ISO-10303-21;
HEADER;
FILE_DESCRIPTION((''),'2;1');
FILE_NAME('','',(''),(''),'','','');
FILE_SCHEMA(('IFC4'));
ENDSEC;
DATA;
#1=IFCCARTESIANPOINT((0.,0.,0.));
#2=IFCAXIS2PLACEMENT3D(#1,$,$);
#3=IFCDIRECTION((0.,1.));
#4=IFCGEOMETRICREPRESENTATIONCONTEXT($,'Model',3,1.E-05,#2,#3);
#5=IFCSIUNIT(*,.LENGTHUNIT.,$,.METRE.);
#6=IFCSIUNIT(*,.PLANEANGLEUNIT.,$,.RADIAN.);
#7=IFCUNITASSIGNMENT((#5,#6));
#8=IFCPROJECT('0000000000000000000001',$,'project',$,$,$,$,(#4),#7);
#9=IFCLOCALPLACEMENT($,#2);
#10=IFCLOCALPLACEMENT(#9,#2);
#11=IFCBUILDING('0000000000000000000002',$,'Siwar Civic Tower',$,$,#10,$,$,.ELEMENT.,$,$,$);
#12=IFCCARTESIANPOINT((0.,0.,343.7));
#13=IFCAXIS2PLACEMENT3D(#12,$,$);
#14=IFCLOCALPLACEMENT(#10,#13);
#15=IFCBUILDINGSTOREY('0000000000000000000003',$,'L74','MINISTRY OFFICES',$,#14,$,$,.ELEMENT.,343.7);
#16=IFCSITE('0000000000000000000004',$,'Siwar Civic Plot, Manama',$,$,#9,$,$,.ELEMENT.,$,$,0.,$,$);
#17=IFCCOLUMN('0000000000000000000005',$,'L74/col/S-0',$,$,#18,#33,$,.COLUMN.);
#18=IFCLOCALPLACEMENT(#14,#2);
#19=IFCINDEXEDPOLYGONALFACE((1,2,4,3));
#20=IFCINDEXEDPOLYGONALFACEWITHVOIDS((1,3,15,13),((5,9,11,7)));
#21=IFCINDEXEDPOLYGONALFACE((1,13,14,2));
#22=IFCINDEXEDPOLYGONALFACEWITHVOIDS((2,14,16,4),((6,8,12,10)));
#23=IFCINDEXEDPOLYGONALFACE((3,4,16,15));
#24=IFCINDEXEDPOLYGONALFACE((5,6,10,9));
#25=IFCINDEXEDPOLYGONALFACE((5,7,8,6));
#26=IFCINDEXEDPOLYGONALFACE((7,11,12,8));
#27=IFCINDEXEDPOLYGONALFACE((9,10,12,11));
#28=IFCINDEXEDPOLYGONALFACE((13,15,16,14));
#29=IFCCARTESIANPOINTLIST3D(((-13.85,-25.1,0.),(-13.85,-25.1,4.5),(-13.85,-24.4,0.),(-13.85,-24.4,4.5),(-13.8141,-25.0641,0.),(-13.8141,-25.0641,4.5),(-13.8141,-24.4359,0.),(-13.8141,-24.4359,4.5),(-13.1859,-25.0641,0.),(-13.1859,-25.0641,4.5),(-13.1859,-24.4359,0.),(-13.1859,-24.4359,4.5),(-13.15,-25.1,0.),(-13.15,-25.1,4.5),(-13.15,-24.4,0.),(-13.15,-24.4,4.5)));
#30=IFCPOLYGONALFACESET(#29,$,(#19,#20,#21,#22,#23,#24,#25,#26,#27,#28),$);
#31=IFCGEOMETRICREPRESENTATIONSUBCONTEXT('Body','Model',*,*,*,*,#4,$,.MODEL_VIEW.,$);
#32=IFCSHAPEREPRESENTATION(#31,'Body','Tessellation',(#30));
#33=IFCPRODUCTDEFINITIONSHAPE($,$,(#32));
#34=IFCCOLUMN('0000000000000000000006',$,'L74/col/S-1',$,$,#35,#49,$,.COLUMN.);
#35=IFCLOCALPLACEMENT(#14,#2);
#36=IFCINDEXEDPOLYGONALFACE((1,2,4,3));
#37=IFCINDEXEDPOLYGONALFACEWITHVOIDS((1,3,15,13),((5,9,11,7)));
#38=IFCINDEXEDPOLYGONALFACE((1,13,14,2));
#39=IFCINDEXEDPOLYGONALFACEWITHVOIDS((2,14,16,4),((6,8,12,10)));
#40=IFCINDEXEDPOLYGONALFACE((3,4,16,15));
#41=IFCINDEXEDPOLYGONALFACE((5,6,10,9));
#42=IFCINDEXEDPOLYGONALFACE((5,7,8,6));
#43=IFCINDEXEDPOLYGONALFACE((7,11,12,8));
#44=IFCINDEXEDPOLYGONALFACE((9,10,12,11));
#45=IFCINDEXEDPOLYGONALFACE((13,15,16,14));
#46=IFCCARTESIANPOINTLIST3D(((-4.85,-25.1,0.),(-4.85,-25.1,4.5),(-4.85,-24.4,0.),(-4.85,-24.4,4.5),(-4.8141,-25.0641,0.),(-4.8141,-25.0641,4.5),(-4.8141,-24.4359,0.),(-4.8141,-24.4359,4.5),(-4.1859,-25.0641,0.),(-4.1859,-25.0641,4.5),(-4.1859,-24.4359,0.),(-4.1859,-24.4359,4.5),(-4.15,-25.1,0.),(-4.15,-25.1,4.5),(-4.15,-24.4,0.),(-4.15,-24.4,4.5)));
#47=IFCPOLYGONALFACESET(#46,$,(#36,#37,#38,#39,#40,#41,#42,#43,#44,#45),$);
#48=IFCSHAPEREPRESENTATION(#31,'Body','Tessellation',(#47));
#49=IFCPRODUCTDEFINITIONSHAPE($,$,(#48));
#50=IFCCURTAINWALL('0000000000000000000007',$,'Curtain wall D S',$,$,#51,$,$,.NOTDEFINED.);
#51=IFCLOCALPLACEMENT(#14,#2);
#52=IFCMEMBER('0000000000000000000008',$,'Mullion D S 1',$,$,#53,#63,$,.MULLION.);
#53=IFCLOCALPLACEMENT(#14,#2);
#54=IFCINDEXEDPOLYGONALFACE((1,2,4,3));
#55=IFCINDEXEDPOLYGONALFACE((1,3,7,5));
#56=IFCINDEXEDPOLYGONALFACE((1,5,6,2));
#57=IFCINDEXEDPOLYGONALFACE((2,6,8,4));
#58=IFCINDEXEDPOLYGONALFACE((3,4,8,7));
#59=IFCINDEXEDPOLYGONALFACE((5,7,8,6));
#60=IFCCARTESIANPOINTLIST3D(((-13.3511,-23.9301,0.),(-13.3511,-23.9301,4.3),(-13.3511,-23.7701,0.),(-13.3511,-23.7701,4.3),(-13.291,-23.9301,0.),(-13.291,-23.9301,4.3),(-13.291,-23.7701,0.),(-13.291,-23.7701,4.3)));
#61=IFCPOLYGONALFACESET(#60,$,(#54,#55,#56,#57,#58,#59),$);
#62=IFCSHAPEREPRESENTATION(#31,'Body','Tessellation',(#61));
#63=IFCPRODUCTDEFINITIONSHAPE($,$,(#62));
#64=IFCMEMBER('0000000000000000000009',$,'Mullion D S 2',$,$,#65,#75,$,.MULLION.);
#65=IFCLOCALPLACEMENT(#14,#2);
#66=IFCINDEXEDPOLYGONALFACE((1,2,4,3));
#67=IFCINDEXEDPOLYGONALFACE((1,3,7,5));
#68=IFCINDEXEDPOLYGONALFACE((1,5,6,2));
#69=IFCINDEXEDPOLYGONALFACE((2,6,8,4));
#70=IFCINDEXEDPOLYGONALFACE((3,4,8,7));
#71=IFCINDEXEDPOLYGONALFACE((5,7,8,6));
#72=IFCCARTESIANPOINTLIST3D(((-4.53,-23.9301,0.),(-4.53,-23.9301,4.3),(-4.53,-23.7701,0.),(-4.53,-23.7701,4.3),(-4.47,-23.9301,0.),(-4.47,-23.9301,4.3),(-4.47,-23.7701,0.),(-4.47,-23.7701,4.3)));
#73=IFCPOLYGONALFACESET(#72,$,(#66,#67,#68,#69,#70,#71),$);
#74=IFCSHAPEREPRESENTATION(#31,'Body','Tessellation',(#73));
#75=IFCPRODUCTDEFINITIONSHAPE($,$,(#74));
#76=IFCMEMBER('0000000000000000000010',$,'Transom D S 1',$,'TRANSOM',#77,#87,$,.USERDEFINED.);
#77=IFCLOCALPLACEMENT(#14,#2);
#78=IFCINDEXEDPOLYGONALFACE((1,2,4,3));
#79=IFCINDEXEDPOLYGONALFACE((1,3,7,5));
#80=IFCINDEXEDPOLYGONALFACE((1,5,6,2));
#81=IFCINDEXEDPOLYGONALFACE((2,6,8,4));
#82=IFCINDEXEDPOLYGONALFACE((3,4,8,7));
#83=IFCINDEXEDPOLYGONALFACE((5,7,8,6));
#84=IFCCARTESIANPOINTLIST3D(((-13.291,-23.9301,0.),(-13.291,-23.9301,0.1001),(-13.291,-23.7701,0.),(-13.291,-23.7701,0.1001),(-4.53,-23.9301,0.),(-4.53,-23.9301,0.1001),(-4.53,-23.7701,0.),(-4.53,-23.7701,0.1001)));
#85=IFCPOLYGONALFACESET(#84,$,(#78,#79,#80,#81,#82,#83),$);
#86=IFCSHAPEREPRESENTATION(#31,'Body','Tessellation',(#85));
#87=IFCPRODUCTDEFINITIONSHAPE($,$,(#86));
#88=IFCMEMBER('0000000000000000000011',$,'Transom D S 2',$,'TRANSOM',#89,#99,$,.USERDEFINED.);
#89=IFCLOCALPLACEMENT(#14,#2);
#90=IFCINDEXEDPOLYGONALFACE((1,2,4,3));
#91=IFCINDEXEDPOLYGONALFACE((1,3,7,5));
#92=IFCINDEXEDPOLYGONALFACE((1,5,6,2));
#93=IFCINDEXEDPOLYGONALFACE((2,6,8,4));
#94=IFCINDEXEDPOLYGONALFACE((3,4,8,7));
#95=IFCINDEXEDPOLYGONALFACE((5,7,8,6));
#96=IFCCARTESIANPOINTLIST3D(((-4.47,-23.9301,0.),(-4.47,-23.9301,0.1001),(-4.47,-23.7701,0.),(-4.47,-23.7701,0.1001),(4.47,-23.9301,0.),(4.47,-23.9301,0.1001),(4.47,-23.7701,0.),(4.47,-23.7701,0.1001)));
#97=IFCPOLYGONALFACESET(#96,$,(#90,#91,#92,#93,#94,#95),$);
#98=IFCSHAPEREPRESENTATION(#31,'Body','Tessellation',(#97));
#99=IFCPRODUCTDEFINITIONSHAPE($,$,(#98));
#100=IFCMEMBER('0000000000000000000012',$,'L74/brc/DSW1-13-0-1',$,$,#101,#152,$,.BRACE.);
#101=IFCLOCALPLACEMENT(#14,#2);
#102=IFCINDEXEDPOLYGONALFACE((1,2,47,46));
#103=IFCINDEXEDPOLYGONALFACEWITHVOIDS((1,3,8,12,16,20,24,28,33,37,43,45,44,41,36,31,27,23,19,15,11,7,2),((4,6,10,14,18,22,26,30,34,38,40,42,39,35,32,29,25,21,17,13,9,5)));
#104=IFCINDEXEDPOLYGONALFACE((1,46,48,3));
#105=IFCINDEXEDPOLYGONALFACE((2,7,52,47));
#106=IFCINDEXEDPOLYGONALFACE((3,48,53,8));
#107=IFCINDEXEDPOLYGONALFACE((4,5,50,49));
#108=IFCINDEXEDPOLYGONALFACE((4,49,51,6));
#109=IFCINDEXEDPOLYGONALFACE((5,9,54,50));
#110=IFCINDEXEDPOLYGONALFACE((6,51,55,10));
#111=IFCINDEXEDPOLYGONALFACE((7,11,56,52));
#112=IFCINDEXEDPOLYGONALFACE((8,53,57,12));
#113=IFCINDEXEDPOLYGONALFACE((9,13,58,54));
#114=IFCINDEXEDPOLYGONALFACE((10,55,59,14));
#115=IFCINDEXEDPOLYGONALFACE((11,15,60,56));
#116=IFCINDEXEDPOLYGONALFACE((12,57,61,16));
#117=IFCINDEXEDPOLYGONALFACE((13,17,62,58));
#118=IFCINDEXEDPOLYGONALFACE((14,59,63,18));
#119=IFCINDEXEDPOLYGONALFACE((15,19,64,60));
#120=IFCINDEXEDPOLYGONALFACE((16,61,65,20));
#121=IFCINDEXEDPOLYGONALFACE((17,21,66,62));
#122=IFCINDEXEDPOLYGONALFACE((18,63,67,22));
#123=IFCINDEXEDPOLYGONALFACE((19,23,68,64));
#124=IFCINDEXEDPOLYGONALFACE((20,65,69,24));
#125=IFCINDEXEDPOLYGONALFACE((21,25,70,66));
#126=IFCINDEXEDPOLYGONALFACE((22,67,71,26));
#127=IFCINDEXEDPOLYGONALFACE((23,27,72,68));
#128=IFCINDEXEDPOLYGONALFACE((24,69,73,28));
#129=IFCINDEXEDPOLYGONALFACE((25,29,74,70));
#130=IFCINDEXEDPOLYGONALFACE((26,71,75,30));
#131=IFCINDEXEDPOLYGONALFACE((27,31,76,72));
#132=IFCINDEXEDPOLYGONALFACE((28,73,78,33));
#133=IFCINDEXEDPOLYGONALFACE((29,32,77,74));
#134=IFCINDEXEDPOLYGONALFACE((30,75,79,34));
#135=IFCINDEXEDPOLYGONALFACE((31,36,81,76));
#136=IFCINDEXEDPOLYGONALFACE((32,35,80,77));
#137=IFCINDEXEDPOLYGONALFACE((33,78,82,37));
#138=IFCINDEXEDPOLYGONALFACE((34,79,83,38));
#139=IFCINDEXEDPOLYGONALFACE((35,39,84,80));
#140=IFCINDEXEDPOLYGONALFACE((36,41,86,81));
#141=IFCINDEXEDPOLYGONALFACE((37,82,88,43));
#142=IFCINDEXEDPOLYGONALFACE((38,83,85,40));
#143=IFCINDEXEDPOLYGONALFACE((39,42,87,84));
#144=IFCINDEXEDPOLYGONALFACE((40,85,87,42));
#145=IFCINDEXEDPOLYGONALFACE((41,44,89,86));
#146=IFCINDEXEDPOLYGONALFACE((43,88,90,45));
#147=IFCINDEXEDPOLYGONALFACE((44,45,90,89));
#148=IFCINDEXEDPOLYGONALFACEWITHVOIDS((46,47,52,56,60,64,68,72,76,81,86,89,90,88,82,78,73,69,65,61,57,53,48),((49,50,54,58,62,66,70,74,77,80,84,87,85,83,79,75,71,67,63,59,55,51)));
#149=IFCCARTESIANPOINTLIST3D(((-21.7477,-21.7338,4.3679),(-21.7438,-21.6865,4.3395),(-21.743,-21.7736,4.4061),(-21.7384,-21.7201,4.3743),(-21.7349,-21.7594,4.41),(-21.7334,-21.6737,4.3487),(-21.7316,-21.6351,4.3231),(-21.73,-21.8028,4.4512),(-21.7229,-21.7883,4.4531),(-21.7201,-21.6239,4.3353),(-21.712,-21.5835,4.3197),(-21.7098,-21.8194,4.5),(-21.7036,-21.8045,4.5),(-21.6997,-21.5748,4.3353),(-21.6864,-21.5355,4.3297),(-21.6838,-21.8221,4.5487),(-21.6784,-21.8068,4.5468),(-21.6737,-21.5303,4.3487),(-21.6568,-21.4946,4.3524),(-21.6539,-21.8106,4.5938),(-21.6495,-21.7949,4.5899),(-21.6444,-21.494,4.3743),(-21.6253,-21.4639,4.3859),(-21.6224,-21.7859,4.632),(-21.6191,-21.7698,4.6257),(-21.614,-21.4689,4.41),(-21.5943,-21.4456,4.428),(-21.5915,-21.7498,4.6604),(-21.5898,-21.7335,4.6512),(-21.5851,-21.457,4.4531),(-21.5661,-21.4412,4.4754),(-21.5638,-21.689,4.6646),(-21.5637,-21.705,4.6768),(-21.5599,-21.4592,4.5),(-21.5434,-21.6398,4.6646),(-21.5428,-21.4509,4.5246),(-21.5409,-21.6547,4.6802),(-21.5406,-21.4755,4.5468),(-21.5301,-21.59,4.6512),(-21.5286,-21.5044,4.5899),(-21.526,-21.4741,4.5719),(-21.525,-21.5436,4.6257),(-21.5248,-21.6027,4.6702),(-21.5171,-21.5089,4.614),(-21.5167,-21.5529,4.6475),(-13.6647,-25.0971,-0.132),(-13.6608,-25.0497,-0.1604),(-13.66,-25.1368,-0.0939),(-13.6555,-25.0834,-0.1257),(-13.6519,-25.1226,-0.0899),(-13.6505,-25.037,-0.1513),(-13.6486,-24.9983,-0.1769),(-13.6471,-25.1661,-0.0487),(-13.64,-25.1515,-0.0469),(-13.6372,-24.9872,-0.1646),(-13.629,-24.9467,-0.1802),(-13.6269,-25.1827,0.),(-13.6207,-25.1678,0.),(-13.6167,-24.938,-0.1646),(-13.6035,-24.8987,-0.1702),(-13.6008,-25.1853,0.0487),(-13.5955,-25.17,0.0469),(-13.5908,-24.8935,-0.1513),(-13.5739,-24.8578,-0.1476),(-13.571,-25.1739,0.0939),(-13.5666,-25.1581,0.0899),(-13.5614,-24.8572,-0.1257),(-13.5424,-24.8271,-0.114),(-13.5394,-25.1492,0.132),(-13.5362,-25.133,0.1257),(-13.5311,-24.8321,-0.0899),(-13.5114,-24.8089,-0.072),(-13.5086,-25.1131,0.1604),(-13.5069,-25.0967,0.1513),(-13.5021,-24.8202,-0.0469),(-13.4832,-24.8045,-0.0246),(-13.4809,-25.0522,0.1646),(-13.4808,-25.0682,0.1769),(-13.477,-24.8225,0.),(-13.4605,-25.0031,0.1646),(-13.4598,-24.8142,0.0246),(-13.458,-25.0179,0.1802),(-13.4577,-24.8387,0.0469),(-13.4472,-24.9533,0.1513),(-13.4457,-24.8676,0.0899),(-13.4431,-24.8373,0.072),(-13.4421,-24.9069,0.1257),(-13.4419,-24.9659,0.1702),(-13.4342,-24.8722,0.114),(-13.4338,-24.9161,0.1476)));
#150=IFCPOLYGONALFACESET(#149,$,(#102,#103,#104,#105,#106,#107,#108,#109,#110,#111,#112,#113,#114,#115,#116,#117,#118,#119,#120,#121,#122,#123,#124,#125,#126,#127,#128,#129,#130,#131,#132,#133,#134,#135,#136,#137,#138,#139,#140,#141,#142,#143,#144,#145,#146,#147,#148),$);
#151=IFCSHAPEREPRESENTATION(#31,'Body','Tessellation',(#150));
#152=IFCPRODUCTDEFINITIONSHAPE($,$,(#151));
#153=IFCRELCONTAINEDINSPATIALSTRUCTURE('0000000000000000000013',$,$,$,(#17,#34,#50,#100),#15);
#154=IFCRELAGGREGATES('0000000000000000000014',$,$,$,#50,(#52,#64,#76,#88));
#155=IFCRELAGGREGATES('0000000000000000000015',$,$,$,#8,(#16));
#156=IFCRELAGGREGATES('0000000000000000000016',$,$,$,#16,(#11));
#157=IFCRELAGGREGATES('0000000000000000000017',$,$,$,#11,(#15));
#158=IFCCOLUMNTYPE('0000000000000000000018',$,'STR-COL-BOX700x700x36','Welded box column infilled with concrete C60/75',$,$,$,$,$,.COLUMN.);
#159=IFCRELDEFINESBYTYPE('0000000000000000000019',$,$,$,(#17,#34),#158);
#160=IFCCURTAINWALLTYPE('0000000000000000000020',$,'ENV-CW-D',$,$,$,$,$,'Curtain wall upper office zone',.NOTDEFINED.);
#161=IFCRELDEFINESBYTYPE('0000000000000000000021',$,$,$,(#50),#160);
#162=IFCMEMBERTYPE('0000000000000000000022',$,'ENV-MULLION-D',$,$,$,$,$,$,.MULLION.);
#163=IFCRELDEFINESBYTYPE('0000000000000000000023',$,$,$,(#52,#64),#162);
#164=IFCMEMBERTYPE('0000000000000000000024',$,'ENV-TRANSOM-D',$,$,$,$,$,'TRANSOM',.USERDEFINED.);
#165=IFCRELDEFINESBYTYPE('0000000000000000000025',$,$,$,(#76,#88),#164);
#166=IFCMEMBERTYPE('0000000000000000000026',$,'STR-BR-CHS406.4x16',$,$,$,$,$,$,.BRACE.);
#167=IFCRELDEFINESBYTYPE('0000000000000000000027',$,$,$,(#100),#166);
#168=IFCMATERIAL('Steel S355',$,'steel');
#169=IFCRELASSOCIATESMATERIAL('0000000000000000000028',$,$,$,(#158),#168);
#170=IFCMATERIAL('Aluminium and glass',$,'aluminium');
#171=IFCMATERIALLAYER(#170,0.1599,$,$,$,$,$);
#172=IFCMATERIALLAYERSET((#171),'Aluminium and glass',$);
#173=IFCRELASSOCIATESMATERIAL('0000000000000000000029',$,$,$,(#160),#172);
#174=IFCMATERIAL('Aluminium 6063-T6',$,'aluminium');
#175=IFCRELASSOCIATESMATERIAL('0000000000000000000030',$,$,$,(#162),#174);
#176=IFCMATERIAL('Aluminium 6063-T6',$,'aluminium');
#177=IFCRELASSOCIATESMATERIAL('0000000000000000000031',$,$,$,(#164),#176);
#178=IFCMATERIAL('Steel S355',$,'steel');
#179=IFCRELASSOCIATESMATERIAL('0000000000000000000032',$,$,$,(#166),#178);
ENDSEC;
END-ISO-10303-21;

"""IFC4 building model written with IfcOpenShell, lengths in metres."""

from ifc_helpers import new_model, si_unit, direction, frame, origin, origin_2d, place, context, subcontext, project, spatial, rectangle, hollow_rectangle, hollow_circle, extrude, material, layer, layer_set, material_profile, profile_set, type_object, element, aggregate, save


model = new_model("IFC4")

# Units and contexts
model_context = context("Model", 3, precision=1e-05, world=origin(), true_north=direction((0.0, 1.0)))
body_context = subcontext(model_context, "Body", "Model", "MODEL_VIEW")
ifc_project = project(units=[si_unit("LENGTHUNIT", "METRE"), si_unit("PLANEANGLEUNIT", "RADIAN")], contexts=[model_context])

# Site, building, storey
site_placement = place(None, origin())
site = spatial("IfcSite", under=ifc_project, at=site_placement, Name="Siwar Civic Plot, Manama", CompositionType="ELEMENT", RefElevation=0.0)
building_placement = place(site_placement, origin())
building = spatial("IfcBuilding", under=site, at=building_placement, Name="Siwar Civic Tower", CompositionType="ELEMENT")
storey_placement = place(building_placement, frame((0.0, 0.0, 343.7)))
storey = spatial("IfcBuildingStorey", under=building, at=storey_placement, Name="L74", Description="MINISTRY OFFICES", CompositionType="ELEMENT", Elevation=343.7)

# Columns
ifc_material_1 = material(Name="Steel S355", Category="steel")
ifc_material_profile_1 = material_profile(ifc_material_1, hollow_rectangle(XDim=0.7, YDim=0.7, WallThickness=0.0359, at=origin_2d()), Name="BOX700x700x36")
ifc_profile_set_1 = profile_set([ifc_material_profile_1], Name="Steel S355")
column_type = type_object("IfcColumnType", Name="STR-COL-BOX700x700x36", Description="Welded box column infilled with concrete C60/75", PredefinedType="COLUMN", material=ifc_profile_set_1)
for number, where, z_axis, x_axis, name in (
    (1, (-13.5, -24.75, 0.0), (0.0, 0.0, 1.0), (1.0, 0.0, 0.0), "L74/col/S-0"),
    (2, (-4.5, -24.75, 0.0), (0.0, 0.0, 1.0), (1.0, 0.0, 0.0), "L74/col/S-1"),
):
    element("IfcColumn", number, at=place(storey_placement, frame(where, z_axis=z_axis, x_axis=x_axis)), inside=storey, type_object=column_type, Name=name, PredefinedType="COLUMN", context=body_context, shape_type="SweptSolid", body=[
        extrude(hollow_rectangle(XDim=0.7, YDim=0.7, WallThickness=0.0359, at=origin_2d()), origin(), (0.0, 0.0, 1.0), 4.5),
    ])

# Curtain wall, members
ifc_material_2 = material(Name="Aluminium and glass", Category="aluminium")
ifc_layer_1 = layer(ifc_material_2, 0.1599)
ifc_layer_set_1 = layer_set([ifc_layer_1], Name="Aluminium and glass")
curtain_wall_type = type_object("IfcCurtainWallType", Name="ENV-CW-D", ElementType="Curtain wall upper office zone", PredefinedType="NOTDEFINED", material=ifc_layer_set_1)
curtain_wall_placement = place(storey_placement, origin())
curtain_wall = element("IfcCurtainWall", 3, at=curtain_wall_placement, inside=storey, type_object=curtain_wall_type, Name="Curtain wall D S", PredefinedType="NOTDEFINED")
ifc_material_3 = material(Name="Aluminium 6063-T6", Category="aluminium")
ifc_material_profile_2 = material_profile(ifc_material_3, rectangle(XDim=0.1599, YDim=0.0601, at=origin_2d()), Name="AL 160x60")
ifc_profile_set_2 = profile_set([ifc_material_profile_2], Name="Aluminium 6063-T6")
member_type_1 = type_object("IfcMemberType", Name="ENV-MULLION-D", PredefinedType="MULLION", material=ifc_profile_set_2)
member_1_placement = place(storey_placement, frame((-13.321, -23.8501, 0.0), z_axis=(0.0, 0.0, 1.0), x_axis=(0.0, 1.0, 0.0)))
member_1 = element("IfcMember", 4, at=member_1_placement, type_object=member_type_1, Name="Mullion D S 1", PredefinedType="MULLION", context=body_context, shape_type="SweptSolid", body=[
    extrude(rectangle(XDim=0.1599, YDim=0.0601, at=origin_2d()), origin(), (0.0, 0.0, 1.0), 4.3),
])
member_2_placement = place(storey_placement, frame((-4.5, -23.8501, 0.0), z_axis=(0.0, 0.0, 1.0), x_axis=(0.0, 1.0, 0.0)))
member_2 = element("IfcMember", 5, at=member_2_placement, type_object=member_type_1, Name="Mullion D S 2", PredefinedType="MULLION", context=body_context, shape_type="SweptSolid", body=[
    extrude(rectangle(XDim=0.1599, YDim=0.0601, at=origin_2d()), origin(), (0.0, 0.0, 1.0), 4.3),
])
ifc_material_4 = material(Name="Aluminium 6063-T6", Category="aluminium")
ifc_material_profile_3 = material_profile(ifc_material_4, rectangle(XDim=0.1599, YDim=0.1001, at=origin_2d()), Name="AL 160x100")
ifc_profile_set_3 = profile_set([ifc_material_profile_3], Name="Aluminium 6063-T6")
member_type_2 = type_object("IfcMemberType", Name="ENV-TRANSOM-D", ElementType="TRANSOM", PredefinedType="USERDEFINED", material=ifc_profile_set_3)
member_3_placement = place(storey_placement, frame((-13.291, -23.8501, 0.05), z_axis=(1.0, 0.0, 0.0), x_axis=(0.0, 1.0, 0.0)))
member_3 = element("IfcMember", 6, at=member_3_placement, type_object=member_type_2, Name="Transom D S 1", ObjectType="TRANSOM", PredefinedType="USERDEFINED", context=body_context, shape_type="SweptSolid", body=[
    extrude(rectangle(XDim=0.1599, YDim=0.1001, at=origin_2d()), origin(), (0.0, 0.0, 1.0), 8.761),
])
member_4_placement = place(storey_placement, frame((-4.47, -23.8501, 0.05), z_axis=(1.0, 0.0, 0.0), x_axis=(0.0, 1.0, 0.0)))
member_4 = element("IfcMember", 7, at=member_4_placement, type_object=member_type_2, Name="Transom D S 2", ObjectType="TRANSOM", PredefinedType="USERDEFINED", context=body_context, shape_type="SweptSolid", body=[
    extrude(rectangle(XDim=0.1599, YDim=0.1001, at=origin_2d()), origin(), (0.0, 0.0, 1.0), 8.9399),
])

# Member
ifc_material_5 = material(Name="Steel S355", Category="steel")
ifc_material_profile_4 = material_profile(ifc_material_5, hollow_circle(Radius=0.2031, WallThickness=0.0161, at=origin_2d()), Name="CHS406.4x16")
ifc_profile_set_4 = profile_set([ifc_material_profile_4], Name="Steel S355")
member_type_3 = type_object("IfcMemberType", Name="STR-BR-CHS406.4x16", PredefinedType="BRACE", material=ifc_profile_set_4)
member_5_placement = place(storey_placement, frame((-13.5488, -24.9951, 0.0), z_axis=(-0.821143, 0.341671, 0.457149), x_axis=(-0.384164, -0.923265, 0.0)))
element("IfcMember", 8, at=member_5_placement, inside=storey, type_object=member_type_3, Name="L74/brc/DSW1-13-0-1", PredefinedType="BRACE", context=body_context, shape_type="SweptSolid", body=[
    extrude(hollow_circle(Radius=0.2031, WallThickness=0.0161, at=origin_2d()), origin(), (0.0, 0.0, 1.0), 9.8435),
])

aggregate(curtain_wall, [member_1, member_2, member_3, member_4])

save(model, "model.ifc")
